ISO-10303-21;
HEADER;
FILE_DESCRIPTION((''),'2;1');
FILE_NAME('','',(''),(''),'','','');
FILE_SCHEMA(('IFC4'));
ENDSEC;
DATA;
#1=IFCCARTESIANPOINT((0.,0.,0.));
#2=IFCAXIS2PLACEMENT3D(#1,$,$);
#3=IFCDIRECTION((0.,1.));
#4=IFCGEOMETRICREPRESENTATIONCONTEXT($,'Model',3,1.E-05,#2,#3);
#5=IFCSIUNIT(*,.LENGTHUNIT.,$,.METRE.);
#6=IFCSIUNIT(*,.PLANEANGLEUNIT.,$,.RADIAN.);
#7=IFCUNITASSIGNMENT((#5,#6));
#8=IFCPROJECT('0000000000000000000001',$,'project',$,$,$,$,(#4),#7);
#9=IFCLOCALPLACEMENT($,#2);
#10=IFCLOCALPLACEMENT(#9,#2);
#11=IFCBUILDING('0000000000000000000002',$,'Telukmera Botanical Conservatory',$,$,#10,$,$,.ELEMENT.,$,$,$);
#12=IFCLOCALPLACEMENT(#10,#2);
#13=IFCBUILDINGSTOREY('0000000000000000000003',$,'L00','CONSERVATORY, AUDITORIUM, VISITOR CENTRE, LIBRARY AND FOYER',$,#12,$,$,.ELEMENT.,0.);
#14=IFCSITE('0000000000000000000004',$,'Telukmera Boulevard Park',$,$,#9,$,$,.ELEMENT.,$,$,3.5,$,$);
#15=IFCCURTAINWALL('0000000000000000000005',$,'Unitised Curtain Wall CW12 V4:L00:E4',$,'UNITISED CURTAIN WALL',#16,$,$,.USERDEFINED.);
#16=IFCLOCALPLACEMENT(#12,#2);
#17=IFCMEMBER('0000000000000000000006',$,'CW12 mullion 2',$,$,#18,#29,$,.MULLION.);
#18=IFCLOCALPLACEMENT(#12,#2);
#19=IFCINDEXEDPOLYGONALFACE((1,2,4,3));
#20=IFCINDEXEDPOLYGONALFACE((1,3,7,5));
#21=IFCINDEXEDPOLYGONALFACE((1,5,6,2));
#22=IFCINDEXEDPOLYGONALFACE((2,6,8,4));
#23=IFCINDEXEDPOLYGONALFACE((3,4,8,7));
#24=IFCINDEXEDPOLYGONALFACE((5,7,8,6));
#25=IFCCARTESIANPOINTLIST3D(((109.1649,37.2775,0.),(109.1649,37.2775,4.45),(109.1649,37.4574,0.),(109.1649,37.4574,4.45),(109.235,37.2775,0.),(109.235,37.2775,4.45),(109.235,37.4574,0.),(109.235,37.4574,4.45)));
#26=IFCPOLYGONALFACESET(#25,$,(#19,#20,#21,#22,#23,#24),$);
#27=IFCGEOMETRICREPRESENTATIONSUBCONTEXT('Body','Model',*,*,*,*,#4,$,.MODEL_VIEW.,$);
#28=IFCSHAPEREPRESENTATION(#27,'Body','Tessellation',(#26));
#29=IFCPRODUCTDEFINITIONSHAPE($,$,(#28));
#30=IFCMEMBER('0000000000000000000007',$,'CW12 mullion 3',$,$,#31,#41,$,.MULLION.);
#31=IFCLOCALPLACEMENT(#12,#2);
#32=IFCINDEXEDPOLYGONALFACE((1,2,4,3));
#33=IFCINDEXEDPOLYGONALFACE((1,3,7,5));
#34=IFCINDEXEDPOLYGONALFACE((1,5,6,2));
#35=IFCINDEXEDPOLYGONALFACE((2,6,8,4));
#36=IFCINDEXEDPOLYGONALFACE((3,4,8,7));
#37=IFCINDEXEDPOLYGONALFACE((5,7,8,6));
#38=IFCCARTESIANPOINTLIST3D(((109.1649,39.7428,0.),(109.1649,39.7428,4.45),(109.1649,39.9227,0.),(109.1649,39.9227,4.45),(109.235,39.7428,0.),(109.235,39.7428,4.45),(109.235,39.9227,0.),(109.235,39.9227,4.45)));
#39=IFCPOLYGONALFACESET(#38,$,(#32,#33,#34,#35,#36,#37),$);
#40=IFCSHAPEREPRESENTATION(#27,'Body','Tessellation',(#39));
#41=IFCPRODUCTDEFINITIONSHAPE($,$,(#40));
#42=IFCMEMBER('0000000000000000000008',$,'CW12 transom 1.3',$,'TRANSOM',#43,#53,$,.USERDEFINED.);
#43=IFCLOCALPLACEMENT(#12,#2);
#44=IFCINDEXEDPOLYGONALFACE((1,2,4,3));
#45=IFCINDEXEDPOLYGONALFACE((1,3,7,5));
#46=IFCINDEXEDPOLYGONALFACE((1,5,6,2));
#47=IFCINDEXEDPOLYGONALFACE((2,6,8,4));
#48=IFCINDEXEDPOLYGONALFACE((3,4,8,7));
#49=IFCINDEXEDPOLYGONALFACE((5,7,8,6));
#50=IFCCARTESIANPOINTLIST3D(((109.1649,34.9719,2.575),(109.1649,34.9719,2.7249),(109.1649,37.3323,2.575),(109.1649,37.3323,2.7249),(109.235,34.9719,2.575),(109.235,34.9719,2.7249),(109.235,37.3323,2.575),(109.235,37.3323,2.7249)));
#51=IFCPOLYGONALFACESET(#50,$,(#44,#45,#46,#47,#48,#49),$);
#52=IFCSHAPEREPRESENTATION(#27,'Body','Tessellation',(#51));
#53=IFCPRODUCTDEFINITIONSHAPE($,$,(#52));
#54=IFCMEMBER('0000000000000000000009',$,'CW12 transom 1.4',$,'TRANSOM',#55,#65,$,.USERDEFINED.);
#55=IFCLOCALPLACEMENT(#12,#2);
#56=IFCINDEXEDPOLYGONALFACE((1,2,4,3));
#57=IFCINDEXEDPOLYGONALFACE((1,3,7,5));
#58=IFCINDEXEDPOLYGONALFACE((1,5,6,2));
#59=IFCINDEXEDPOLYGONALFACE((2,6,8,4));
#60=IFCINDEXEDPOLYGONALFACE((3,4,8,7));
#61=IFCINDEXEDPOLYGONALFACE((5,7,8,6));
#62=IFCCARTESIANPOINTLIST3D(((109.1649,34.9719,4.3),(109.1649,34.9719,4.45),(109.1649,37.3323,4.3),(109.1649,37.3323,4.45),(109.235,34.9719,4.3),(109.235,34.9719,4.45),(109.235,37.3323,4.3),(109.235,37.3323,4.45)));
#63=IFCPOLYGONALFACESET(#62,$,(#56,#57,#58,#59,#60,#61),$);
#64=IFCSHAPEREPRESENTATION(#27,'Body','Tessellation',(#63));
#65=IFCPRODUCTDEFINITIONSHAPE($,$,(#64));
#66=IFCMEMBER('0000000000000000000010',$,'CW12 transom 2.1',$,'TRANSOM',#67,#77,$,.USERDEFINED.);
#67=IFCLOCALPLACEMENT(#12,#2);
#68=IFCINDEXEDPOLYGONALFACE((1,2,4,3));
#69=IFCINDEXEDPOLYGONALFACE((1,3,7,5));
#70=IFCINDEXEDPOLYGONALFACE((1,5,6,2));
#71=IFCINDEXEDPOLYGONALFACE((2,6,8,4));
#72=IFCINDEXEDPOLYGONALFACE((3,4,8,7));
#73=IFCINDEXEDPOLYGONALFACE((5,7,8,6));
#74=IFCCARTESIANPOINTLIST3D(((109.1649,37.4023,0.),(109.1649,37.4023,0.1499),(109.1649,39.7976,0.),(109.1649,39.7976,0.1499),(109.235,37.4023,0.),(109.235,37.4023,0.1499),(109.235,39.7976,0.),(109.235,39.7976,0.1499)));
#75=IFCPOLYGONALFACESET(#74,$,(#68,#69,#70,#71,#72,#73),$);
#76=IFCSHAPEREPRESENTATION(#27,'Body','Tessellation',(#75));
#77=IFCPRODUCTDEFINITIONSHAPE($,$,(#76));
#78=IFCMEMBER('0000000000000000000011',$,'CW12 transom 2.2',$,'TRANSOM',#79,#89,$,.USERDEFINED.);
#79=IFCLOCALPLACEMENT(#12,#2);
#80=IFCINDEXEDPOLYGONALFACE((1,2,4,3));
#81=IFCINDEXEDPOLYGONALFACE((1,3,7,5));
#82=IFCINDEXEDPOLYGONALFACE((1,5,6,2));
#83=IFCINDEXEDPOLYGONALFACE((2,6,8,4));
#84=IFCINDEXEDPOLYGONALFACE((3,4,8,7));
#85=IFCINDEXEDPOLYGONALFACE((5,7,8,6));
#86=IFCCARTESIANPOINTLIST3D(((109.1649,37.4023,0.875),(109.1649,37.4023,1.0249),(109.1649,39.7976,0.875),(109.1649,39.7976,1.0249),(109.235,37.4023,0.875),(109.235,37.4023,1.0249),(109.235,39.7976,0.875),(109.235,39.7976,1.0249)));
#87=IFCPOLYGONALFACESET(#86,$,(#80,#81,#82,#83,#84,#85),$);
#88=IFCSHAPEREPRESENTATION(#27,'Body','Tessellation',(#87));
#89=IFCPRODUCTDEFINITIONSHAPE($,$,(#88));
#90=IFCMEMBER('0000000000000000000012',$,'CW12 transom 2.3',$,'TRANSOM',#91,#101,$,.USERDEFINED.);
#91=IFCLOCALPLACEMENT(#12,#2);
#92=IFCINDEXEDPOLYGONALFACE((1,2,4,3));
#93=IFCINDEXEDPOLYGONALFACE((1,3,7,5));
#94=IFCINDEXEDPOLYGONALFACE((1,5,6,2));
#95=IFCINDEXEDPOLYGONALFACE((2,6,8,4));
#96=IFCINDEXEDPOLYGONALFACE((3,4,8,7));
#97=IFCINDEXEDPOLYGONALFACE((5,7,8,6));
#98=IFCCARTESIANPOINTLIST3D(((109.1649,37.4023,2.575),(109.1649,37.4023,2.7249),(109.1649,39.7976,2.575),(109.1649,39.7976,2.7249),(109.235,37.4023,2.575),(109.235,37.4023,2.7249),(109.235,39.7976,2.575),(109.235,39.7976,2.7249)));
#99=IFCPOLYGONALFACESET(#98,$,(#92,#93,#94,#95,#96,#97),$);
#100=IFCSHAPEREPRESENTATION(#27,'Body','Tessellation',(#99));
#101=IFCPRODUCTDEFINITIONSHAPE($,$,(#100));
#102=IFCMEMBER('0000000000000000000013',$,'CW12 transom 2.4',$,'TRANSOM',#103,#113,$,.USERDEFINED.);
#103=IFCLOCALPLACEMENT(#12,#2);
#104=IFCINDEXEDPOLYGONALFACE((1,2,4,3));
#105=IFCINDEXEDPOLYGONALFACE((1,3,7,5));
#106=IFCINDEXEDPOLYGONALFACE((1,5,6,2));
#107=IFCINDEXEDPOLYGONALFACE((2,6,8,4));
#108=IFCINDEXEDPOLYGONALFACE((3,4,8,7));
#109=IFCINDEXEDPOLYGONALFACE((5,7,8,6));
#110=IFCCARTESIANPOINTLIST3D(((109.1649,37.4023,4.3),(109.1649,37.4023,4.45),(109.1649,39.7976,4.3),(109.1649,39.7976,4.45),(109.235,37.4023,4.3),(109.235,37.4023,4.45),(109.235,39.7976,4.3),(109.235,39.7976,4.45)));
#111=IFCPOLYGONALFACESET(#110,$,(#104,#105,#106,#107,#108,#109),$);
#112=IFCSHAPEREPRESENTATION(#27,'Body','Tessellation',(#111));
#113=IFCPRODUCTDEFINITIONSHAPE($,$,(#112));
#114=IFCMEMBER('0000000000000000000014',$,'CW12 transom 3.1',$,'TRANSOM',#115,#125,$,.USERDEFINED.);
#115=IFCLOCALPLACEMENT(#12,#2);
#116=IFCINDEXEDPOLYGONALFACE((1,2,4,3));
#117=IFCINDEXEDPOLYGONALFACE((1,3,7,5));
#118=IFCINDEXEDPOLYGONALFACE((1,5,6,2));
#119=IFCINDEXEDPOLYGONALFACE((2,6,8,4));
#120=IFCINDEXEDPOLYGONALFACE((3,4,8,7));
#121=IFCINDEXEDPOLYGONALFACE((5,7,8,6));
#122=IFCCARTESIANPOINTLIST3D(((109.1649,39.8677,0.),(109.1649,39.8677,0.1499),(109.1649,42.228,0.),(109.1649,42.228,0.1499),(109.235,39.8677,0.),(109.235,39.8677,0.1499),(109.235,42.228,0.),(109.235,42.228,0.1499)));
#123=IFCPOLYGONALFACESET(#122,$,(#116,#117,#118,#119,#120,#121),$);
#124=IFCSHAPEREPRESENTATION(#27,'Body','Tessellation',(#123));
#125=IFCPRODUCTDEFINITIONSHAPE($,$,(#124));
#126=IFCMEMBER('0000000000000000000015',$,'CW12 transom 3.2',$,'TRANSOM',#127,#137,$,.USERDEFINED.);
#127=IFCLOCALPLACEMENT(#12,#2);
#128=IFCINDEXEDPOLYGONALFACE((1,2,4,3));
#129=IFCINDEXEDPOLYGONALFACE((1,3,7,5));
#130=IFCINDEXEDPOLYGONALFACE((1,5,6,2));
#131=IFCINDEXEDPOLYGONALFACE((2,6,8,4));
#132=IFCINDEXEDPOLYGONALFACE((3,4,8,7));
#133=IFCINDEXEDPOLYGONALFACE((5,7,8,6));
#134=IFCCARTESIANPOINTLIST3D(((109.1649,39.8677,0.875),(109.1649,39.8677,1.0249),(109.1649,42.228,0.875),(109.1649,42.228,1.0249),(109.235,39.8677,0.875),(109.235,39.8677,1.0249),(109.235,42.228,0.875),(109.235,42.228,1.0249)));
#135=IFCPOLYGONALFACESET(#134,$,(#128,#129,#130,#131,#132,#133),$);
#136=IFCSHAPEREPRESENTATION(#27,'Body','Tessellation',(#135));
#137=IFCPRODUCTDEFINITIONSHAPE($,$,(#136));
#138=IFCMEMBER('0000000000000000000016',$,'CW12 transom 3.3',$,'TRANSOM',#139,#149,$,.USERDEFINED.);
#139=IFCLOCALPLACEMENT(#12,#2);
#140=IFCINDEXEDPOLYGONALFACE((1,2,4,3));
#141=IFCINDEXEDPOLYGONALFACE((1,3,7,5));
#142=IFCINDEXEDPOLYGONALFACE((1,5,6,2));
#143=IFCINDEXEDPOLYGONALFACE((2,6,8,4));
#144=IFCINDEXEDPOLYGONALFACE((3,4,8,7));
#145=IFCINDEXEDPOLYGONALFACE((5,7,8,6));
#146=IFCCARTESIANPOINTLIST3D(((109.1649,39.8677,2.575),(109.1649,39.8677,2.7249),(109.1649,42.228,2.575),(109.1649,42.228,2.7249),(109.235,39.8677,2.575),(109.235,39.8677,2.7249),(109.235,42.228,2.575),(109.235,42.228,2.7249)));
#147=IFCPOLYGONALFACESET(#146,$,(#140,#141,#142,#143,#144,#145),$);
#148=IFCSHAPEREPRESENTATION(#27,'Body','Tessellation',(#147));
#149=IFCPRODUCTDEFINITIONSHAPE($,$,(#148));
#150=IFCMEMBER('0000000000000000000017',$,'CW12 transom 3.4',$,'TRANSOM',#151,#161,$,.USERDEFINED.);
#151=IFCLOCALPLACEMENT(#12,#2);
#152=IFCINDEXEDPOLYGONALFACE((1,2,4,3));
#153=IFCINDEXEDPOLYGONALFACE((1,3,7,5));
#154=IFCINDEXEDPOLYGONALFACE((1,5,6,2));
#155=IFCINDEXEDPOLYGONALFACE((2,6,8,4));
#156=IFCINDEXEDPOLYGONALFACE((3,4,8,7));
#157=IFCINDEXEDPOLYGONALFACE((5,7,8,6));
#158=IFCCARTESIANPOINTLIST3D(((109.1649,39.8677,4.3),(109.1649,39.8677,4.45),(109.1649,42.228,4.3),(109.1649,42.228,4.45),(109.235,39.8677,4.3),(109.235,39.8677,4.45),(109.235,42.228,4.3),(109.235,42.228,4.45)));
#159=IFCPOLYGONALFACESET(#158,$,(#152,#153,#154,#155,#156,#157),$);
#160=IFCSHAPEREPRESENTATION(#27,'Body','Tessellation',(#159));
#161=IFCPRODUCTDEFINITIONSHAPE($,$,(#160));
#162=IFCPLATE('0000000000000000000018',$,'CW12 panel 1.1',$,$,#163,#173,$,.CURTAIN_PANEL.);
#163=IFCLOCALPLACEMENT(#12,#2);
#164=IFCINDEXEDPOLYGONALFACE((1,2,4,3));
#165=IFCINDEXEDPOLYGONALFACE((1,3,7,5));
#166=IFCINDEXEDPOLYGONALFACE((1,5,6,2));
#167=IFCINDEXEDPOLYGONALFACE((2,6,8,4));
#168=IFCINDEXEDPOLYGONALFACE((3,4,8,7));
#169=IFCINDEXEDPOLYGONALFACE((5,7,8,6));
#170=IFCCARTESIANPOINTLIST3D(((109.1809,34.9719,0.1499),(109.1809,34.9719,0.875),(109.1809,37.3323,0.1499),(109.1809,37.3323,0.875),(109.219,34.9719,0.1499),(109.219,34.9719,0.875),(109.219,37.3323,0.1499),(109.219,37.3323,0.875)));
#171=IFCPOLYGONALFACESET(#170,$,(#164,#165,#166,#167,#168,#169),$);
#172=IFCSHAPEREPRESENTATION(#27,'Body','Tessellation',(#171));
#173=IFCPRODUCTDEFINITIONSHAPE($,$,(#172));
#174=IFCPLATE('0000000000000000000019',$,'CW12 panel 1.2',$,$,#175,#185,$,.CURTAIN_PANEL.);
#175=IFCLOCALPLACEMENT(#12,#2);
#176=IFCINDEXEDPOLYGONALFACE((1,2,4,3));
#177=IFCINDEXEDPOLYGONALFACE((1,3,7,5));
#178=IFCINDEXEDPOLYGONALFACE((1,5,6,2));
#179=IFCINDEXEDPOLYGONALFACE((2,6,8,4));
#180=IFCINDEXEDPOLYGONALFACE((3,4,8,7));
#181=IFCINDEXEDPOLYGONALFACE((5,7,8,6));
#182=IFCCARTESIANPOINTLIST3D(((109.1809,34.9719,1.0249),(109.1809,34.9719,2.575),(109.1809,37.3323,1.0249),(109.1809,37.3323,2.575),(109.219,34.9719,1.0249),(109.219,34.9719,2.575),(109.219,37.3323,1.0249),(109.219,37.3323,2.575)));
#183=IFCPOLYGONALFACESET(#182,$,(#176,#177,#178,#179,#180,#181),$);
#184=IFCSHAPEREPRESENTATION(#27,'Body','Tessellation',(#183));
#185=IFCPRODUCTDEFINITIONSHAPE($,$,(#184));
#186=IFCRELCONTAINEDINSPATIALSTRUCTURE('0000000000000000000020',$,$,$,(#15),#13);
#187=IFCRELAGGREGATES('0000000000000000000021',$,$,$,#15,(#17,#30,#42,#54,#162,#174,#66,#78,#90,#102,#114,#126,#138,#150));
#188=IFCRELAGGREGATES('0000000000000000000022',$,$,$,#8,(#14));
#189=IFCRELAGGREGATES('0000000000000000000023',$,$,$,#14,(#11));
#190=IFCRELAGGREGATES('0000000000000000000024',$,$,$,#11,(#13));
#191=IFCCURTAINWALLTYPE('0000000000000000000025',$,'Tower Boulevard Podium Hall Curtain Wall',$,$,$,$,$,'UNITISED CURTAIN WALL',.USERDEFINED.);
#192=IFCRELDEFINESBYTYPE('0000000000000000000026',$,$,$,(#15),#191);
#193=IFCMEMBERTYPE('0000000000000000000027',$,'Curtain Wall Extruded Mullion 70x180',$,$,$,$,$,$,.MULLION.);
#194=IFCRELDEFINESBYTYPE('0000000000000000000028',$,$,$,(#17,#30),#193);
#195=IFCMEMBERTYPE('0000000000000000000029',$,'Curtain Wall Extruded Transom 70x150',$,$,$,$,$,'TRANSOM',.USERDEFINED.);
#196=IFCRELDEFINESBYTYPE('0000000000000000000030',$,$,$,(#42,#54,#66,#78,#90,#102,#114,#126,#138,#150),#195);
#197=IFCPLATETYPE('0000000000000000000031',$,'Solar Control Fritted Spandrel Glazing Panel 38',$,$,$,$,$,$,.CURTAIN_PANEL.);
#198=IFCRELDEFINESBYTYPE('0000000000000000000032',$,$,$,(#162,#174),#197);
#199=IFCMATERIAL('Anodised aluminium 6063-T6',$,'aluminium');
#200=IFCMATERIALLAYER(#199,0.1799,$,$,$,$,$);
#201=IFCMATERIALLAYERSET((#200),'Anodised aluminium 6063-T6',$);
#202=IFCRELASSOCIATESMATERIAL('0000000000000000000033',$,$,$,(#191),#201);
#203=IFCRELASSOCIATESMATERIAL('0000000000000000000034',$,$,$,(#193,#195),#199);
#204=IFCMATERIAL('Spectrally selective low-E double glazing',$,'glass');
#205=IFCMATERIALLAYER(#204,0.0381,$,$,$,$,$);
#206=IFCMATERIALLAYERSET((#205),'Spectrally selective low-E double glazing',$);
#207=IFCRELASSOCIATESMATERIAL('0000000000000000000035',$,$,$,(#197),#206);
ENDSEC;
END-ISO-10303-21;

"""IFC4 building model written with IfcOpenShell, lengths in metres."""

from ifc_helpers import new_model, si_unit, direction, frame, origin, origin_2d, place, context, subcontext, project, spatial, rectangle, extrude, material, layer, layer_set, material_profile, profile_set, type_object, element, aggregate, save


model = new_model("IFC4")

# Units and contexts
model_context = context("Model", 3, precision=1e-05, world=origin(), true_north=direction((0.0, 1.0)))
body_context = subcontext(model_context, "Body", "Model", "MODEL_VIEW")
ifc_project = project(units=[si_unit("LENGTHUNIT", "METRE"), si_unit("PLANEANGLEUNIT", "RADIAN")], contexts=[model_context])

# Site, building, storey
site_placement = place(None, origin())
site = spatial("IfcSite", under=ifc_project, at=site_placement, Name="Telukmera Boulevard Park", CompositionType="ELEMENT", RefElevation=3.5)
building_placement = place(site_placement, origin())
building = spatial("IfcBuilding", under=site, at=building_placement, Name="Telukmera Botanical Conservatory", CompositionType="ELEMENT")
storey_placement = place(building_placement, origin())
storey = spatial("IfcBuildingStorey", under=building, at=storey_placement, Name="L00", Description="CONSERVATORY, AUDITORIUM, VISITOR CENTRE, LIBRARY AND FOYER", CompositionType="ELEMENT", Elevation=0.0)

# Curtain wall, members, plates
ifc_material_1 = material(Name="Anodised aluminium 6063-T6", Category="aluminium")
ifc_layer_1 = layer(ifc_material_1, 0.1799)
ifc_layer_set_1 = layer_set([ifc_layer_1], Name="Anodised aluminium 6063-T6")
curtain_wall_type = type_object("IfcCurtainWallType", Name="Tower Boulevard Podium Hall Curtain Wall", ElementType="UNITISED CURTAIN WALL", PredefinedType="USERDEFINED", material=ifc_layer_set_1)
curtain_wall_placement = place(storey_placement, origin())
curtain_wall = element("IfcCurtainWall", 1, at=curtain_wall_placement, inside=storey, type_object=curtain_wall_type, Name="Unitised Curtain Wall CW12 V4:L00:E4", ObjectType="UNITISED CURTAIN WALL", PredefinedType="USERDEFINED")
ifc_material_profile_1 = material_profile(ifc_material_1, rectangle(XDim=0.0701, YDim=0.1799, at=origin_2d()), Name="ALU MULL 70x180")
ifc_profile_set_1 = profile_set([ifc_material_profile_1], Name="Anodised aluminium 6063-T6")
member_type_1 = type_object("IfcMemberType", Name="Curtain Wall Extruded Mullion 70x180", PredefinedType="MULLION", material=ifc_profile_set_1)
member_1_placement = place(storey_placement, frame((109.2, 37.3674, 0.0), z_axis=(0.0, 0.0, 1.0), x_axis=(-1.0, 0.0, 0.0)))
member_1 = element("IfcMember", 2, at=member_1_placement, type_object=member_type_1, Name="CW12 mullion 2", PredefinedType="MULLION", context=body_context, shape_type="SweptSolid", body=[
    extrude(rectangle(XDim=0.0701, YDim=0.1799, at=origin_2d()), origin(), (0.0, 0.0, 1.0), 4.45),
])
member_2_placement = place(storey_placement, frame((109.2, 39.8328, 0.0), z_axis=(0.0, 0.0, 1.0), x_axis=(-1.0, 0.0, 0.0)))
member_2 = element("IfcMember", 3, at=member_2_placement, type_object=member_type_1, Name="CW12 mullion 3", PredefinedType="MULLION", context=body_context, shape_type="SweptSolid", body=[
    extrude(rectangle(XDim=0.0701, YDim=0.1799, at=origin_2d()), origin(), (0.0, 0.0, 1.0), 4.45),
])
ifc_material_profile_2 = material_profile(ifc_material_1, rectangle(XDim=0.0701, YDim=0.1499, at=origin_2d()), Name="ALU TRAN 70x150")
ifc_profile_set_2 = profile_set([ifc_material_profile_2], Name="Anodised aluminium 6063-T6")
member_type_2 = type_object("IfcMemberType", Name="Curtain Wall Extruded Transom 70x150", ElementType="TRANSOM", PredefinedType="USERDEFINED", material=ifc_profile_set_2)
member_3_placement = place(storey_placement, frame((109.2, 34.9719, 2.6499), z_axis=(0.0, 1.0, 0.0), x_axis=(-1.0, 0.0, 0.0)))
member_3 = element("IfcMember", 4, at=member_3_placement, type_object=member_type_2, Name="CW12 transom 1.3", ObjectType="TRANSOM", PredefinedType="USERDEFINED", context=body_context, shape_type="SweptSolid", body=[
    extrude(rectangle(XDim=0.0701, YDim=0.1499, at=origin_2d()), origin(), (0.0, 0.0, 1.0), 2.3604),
])
member_4_placement = place(storey_placement, frame((109.2, 34.9719, 4.375), z_axis=(0.0, 1.0, 0.0), x_axis=(-1.0, 0.0, 0.0)))
member_4 = element("IfcMember", 5, at=member_4_placement, type_object=member_type_2, Name="CW12 transom 1.4", ObjectType="TRANSOM", PredefinedType="USERDEFINED", context=body_context, shape_type="SweptSolid", body=[
    extrude(rectangle(XDim=0.0701, YDim=0.1499, at=origin_2d()), origin(), (0.0, 0.0, 1.0), 2.3604),
])
member_5_placement = place(storey_placement, frame((109.2, 37.4023, 0.075), z_axis=(0.0, 1.0, 0.0), x_axis=(-1.0, 0.0, 0.0)))
member_5 = element("IfcMember", 6, at=member_5_placement, type_object=member_type_2, Name="CW12 transom 2.1", ObjectType="TRANSOM", PredefinedType="USERDEFINED", context=body_context, shape_type="SweptSolid", body=[
    extrude(rectangle(XDim=0.0701, YDim=0.1499, at=origin_2d()), origin(), (0.0, 0.0, 1.0), 2.3953),
])
member_6_placement = place(storey_placement, frame((109.2, 37.4023, 0.95), z_axis=(0.0, 1.0, 0.0), x_axis=(-1.0, 0.0, 0.0)))
member_6 = element("IfcMember", 7, at=member_6_placement, type_object=member_type_2, Name="CW12 transom 2.2", ObjectType="TRANSOM", PredefinedType="USERDEFINED", context=body_context, shape_type="SweptSolid", body=[
    extrude(rectangle(XDim=0.0701, YDim=0.1499, at=origin_2d()), origin(), (0.0, 0.0, 1.0), 2.3953),
])
member_7_placement = place(storey_placement, frame((109.2, 37.4023, 2.6499), z_axis=(0.0, 1.0, 0.0), x_axis=(-1.0, 0.0, 0.0)))
member_7 = element("IfcMember", 8, at=member_7_placement, type_object=member_type_2, Name="CW12 transom 2.3", ObjectType="TRANSOM", PredefinedType="USERDEFINED", context=body_context, shape_type="SweptSolid", body=[
    extrude(rectangle(XDim=0.0701, YDim=0.1499, at=origin_2d()), origin(), (0.0, 0.0, 1.0), 2.3953),
])
member_8_placement = place(storey_placement, frame((109.2, 37.4023, 4.375), z_axis=(0.0, 1.0, 0.0), x_axis=(-1.0, 0.0, 0.0)))
member_8 = element("IfcMember", 9, at=member_8_placement, type_object=member_type_2, Name="CW12 transom 2.4", ObjectType="TRANSOM", PredefinedType="USERDEFINED", context=body_context, shape_type="SweptSolid", body=[
    extrude(rectangle(XDim=0.0701, YDim=0.1499, at=origin_2d()), origin(), (0.0, 0.0, 1.0), 2.3953),
])
member_9_placement = place(storey_placement, frame((109.2, 39.8677, 0.075), z_axis=(0.0, 1.0, 0.0), x_axis=(-1.0, 0.0, 0.0)))
member_9 = element("IfcMember", 10, at=member_9_placement, type_object=member_type_2, Name="CW12 transom 3.1", ObjectType="TRANSOM", PredefinedType="USERDEFINED", context=body_context, shape_type="SweptSolid", body=[
    extrude(rectangle(XDim=0.0701, YDim=0.1499, at=origin_2d()), origin(), (0.0, 0.0, 1.0), 2.3604),
])
member_10_placement = place(storey_placement, frame((109.2, 39.8677, 0.95), z_axis=(0.0, 1.0, 0.0), x_axis=(-1.0, 0.0, 0.0)))
member_10 = element("IfcMember", 11, at=member_10_placement, type_object=member_type_2, Name="CW12 transom 3.2", ObjectType="TRANSOM", PredefinedType="USERDEFINED", context=body_context, shape_type="SweptSolid", body=[
    extrude(rectangle(XDim=0.0701, YDim=0.1499, at=origin_2d()), origin(), (0.0, 0.0, 1.0), 2.3604),
])
member_11_placement = place(storey_placement, frame((109.2, 39.8677, 2.6499), z_axis=(0.0, 1.0, 0.0), x_axis=(-1.0, 0.0, 0.0)))
member_11 = element("IfcMember", 12, at=member_11_placement, type_object=member_type_2, Name="CW12 transom 3.3", ObjectType="TRANSOM", PredefinedType="USERDEFINED", context=body_context, shape_type="SweptSolid", body=[
    extrude(rectangle(XDim=0.0701, YDim=0.1499, at=origin_2d()), origin(), (0.0, 0.0, 1.0), 2.3604),
])
member_12_placement = place(storey_placement, frame((109.2, 39.8677, 4.375), z_axis=(0.0, 1.0, 0.0), x_axis=(-1.0, 0.0, 0.0)))
member_12 = element("IfcMember", 13, at=member_12_placement, type_object=member_type_2, Name="CW12 transom 3.4", ObjectType="TRANSOM", PredefinedType="USERDEFINED", context=body_context, shape_type="SweptSolid", body=[
    extrude(rectangle(XDim=0.0701, YDim=0.1499, at=origin_2d()), origin(), (0.0, 0.0, 1.0), 2.3604),
])
ifc_material_2 = material(Name="Spectrally selective low-E double glazing", Category="glass")
ifc_layer_2 = layer(ifc_material_2, 0.0381)
ifc_layer_set_2 = layer_set([ifc_layer_2], Name="Spectrally selective low-E double glazing")
plate_type = type_object("IfcPlateType", Name="Solar Control Fritted Spandrel Glazing Panel 38", PredefinedType="CURTAIN_PANEL", material=ifc_layer_set_2)
plate_1_placement = place(storey_placement, frame((109.2, 36.1521, 0.1499), z_axis=(0.0, 0.0, 1.0), x_axis=(0.0, 1.0, 0.0)))
plate_1 = element("IfcPlate", 14, at=plate_1_placement, type_object=plate_type, Name="CW12 panel 1.1", PredefinedType="CURTAIN_PANEL", context=body_context, shape_type="SweptSolid", body=[
    extrude(rectangle(XDim=2.3604, YDim=0.0381, at=origin_2d()), origin(), (0.0, 0.0, 1.0), 0.7251),
])
plate_2_placement = place(storey_placement, frame((109.2, 36.1521, 1.0249), z_axis=(0.0, 0.0, 1.0), x_axis=(0.0, 1.0, 0.0)))
plate_2 = element("IfcPlate", 15, at=plate_2_placement, type_object=plate_type, Name="CW12 panel 1.2", PredefinedType="CURTAIN_PANEL", context=body_context, shape_type="SweptSolid", body=[
    extrude(rectangle(XDim=2.3604, YDim=0.0381, at=origin_2d()), origin(), (0.0, 0.0, 1.0), 1.55),
])
aggregate(curtain_wall, [member_1, member_2, member_3, member_4, plate_1, plate_2, member_5, member_6, member_7, member_8, member_9, member_10, member_11, member_12])

save(model, "model.ifc")
